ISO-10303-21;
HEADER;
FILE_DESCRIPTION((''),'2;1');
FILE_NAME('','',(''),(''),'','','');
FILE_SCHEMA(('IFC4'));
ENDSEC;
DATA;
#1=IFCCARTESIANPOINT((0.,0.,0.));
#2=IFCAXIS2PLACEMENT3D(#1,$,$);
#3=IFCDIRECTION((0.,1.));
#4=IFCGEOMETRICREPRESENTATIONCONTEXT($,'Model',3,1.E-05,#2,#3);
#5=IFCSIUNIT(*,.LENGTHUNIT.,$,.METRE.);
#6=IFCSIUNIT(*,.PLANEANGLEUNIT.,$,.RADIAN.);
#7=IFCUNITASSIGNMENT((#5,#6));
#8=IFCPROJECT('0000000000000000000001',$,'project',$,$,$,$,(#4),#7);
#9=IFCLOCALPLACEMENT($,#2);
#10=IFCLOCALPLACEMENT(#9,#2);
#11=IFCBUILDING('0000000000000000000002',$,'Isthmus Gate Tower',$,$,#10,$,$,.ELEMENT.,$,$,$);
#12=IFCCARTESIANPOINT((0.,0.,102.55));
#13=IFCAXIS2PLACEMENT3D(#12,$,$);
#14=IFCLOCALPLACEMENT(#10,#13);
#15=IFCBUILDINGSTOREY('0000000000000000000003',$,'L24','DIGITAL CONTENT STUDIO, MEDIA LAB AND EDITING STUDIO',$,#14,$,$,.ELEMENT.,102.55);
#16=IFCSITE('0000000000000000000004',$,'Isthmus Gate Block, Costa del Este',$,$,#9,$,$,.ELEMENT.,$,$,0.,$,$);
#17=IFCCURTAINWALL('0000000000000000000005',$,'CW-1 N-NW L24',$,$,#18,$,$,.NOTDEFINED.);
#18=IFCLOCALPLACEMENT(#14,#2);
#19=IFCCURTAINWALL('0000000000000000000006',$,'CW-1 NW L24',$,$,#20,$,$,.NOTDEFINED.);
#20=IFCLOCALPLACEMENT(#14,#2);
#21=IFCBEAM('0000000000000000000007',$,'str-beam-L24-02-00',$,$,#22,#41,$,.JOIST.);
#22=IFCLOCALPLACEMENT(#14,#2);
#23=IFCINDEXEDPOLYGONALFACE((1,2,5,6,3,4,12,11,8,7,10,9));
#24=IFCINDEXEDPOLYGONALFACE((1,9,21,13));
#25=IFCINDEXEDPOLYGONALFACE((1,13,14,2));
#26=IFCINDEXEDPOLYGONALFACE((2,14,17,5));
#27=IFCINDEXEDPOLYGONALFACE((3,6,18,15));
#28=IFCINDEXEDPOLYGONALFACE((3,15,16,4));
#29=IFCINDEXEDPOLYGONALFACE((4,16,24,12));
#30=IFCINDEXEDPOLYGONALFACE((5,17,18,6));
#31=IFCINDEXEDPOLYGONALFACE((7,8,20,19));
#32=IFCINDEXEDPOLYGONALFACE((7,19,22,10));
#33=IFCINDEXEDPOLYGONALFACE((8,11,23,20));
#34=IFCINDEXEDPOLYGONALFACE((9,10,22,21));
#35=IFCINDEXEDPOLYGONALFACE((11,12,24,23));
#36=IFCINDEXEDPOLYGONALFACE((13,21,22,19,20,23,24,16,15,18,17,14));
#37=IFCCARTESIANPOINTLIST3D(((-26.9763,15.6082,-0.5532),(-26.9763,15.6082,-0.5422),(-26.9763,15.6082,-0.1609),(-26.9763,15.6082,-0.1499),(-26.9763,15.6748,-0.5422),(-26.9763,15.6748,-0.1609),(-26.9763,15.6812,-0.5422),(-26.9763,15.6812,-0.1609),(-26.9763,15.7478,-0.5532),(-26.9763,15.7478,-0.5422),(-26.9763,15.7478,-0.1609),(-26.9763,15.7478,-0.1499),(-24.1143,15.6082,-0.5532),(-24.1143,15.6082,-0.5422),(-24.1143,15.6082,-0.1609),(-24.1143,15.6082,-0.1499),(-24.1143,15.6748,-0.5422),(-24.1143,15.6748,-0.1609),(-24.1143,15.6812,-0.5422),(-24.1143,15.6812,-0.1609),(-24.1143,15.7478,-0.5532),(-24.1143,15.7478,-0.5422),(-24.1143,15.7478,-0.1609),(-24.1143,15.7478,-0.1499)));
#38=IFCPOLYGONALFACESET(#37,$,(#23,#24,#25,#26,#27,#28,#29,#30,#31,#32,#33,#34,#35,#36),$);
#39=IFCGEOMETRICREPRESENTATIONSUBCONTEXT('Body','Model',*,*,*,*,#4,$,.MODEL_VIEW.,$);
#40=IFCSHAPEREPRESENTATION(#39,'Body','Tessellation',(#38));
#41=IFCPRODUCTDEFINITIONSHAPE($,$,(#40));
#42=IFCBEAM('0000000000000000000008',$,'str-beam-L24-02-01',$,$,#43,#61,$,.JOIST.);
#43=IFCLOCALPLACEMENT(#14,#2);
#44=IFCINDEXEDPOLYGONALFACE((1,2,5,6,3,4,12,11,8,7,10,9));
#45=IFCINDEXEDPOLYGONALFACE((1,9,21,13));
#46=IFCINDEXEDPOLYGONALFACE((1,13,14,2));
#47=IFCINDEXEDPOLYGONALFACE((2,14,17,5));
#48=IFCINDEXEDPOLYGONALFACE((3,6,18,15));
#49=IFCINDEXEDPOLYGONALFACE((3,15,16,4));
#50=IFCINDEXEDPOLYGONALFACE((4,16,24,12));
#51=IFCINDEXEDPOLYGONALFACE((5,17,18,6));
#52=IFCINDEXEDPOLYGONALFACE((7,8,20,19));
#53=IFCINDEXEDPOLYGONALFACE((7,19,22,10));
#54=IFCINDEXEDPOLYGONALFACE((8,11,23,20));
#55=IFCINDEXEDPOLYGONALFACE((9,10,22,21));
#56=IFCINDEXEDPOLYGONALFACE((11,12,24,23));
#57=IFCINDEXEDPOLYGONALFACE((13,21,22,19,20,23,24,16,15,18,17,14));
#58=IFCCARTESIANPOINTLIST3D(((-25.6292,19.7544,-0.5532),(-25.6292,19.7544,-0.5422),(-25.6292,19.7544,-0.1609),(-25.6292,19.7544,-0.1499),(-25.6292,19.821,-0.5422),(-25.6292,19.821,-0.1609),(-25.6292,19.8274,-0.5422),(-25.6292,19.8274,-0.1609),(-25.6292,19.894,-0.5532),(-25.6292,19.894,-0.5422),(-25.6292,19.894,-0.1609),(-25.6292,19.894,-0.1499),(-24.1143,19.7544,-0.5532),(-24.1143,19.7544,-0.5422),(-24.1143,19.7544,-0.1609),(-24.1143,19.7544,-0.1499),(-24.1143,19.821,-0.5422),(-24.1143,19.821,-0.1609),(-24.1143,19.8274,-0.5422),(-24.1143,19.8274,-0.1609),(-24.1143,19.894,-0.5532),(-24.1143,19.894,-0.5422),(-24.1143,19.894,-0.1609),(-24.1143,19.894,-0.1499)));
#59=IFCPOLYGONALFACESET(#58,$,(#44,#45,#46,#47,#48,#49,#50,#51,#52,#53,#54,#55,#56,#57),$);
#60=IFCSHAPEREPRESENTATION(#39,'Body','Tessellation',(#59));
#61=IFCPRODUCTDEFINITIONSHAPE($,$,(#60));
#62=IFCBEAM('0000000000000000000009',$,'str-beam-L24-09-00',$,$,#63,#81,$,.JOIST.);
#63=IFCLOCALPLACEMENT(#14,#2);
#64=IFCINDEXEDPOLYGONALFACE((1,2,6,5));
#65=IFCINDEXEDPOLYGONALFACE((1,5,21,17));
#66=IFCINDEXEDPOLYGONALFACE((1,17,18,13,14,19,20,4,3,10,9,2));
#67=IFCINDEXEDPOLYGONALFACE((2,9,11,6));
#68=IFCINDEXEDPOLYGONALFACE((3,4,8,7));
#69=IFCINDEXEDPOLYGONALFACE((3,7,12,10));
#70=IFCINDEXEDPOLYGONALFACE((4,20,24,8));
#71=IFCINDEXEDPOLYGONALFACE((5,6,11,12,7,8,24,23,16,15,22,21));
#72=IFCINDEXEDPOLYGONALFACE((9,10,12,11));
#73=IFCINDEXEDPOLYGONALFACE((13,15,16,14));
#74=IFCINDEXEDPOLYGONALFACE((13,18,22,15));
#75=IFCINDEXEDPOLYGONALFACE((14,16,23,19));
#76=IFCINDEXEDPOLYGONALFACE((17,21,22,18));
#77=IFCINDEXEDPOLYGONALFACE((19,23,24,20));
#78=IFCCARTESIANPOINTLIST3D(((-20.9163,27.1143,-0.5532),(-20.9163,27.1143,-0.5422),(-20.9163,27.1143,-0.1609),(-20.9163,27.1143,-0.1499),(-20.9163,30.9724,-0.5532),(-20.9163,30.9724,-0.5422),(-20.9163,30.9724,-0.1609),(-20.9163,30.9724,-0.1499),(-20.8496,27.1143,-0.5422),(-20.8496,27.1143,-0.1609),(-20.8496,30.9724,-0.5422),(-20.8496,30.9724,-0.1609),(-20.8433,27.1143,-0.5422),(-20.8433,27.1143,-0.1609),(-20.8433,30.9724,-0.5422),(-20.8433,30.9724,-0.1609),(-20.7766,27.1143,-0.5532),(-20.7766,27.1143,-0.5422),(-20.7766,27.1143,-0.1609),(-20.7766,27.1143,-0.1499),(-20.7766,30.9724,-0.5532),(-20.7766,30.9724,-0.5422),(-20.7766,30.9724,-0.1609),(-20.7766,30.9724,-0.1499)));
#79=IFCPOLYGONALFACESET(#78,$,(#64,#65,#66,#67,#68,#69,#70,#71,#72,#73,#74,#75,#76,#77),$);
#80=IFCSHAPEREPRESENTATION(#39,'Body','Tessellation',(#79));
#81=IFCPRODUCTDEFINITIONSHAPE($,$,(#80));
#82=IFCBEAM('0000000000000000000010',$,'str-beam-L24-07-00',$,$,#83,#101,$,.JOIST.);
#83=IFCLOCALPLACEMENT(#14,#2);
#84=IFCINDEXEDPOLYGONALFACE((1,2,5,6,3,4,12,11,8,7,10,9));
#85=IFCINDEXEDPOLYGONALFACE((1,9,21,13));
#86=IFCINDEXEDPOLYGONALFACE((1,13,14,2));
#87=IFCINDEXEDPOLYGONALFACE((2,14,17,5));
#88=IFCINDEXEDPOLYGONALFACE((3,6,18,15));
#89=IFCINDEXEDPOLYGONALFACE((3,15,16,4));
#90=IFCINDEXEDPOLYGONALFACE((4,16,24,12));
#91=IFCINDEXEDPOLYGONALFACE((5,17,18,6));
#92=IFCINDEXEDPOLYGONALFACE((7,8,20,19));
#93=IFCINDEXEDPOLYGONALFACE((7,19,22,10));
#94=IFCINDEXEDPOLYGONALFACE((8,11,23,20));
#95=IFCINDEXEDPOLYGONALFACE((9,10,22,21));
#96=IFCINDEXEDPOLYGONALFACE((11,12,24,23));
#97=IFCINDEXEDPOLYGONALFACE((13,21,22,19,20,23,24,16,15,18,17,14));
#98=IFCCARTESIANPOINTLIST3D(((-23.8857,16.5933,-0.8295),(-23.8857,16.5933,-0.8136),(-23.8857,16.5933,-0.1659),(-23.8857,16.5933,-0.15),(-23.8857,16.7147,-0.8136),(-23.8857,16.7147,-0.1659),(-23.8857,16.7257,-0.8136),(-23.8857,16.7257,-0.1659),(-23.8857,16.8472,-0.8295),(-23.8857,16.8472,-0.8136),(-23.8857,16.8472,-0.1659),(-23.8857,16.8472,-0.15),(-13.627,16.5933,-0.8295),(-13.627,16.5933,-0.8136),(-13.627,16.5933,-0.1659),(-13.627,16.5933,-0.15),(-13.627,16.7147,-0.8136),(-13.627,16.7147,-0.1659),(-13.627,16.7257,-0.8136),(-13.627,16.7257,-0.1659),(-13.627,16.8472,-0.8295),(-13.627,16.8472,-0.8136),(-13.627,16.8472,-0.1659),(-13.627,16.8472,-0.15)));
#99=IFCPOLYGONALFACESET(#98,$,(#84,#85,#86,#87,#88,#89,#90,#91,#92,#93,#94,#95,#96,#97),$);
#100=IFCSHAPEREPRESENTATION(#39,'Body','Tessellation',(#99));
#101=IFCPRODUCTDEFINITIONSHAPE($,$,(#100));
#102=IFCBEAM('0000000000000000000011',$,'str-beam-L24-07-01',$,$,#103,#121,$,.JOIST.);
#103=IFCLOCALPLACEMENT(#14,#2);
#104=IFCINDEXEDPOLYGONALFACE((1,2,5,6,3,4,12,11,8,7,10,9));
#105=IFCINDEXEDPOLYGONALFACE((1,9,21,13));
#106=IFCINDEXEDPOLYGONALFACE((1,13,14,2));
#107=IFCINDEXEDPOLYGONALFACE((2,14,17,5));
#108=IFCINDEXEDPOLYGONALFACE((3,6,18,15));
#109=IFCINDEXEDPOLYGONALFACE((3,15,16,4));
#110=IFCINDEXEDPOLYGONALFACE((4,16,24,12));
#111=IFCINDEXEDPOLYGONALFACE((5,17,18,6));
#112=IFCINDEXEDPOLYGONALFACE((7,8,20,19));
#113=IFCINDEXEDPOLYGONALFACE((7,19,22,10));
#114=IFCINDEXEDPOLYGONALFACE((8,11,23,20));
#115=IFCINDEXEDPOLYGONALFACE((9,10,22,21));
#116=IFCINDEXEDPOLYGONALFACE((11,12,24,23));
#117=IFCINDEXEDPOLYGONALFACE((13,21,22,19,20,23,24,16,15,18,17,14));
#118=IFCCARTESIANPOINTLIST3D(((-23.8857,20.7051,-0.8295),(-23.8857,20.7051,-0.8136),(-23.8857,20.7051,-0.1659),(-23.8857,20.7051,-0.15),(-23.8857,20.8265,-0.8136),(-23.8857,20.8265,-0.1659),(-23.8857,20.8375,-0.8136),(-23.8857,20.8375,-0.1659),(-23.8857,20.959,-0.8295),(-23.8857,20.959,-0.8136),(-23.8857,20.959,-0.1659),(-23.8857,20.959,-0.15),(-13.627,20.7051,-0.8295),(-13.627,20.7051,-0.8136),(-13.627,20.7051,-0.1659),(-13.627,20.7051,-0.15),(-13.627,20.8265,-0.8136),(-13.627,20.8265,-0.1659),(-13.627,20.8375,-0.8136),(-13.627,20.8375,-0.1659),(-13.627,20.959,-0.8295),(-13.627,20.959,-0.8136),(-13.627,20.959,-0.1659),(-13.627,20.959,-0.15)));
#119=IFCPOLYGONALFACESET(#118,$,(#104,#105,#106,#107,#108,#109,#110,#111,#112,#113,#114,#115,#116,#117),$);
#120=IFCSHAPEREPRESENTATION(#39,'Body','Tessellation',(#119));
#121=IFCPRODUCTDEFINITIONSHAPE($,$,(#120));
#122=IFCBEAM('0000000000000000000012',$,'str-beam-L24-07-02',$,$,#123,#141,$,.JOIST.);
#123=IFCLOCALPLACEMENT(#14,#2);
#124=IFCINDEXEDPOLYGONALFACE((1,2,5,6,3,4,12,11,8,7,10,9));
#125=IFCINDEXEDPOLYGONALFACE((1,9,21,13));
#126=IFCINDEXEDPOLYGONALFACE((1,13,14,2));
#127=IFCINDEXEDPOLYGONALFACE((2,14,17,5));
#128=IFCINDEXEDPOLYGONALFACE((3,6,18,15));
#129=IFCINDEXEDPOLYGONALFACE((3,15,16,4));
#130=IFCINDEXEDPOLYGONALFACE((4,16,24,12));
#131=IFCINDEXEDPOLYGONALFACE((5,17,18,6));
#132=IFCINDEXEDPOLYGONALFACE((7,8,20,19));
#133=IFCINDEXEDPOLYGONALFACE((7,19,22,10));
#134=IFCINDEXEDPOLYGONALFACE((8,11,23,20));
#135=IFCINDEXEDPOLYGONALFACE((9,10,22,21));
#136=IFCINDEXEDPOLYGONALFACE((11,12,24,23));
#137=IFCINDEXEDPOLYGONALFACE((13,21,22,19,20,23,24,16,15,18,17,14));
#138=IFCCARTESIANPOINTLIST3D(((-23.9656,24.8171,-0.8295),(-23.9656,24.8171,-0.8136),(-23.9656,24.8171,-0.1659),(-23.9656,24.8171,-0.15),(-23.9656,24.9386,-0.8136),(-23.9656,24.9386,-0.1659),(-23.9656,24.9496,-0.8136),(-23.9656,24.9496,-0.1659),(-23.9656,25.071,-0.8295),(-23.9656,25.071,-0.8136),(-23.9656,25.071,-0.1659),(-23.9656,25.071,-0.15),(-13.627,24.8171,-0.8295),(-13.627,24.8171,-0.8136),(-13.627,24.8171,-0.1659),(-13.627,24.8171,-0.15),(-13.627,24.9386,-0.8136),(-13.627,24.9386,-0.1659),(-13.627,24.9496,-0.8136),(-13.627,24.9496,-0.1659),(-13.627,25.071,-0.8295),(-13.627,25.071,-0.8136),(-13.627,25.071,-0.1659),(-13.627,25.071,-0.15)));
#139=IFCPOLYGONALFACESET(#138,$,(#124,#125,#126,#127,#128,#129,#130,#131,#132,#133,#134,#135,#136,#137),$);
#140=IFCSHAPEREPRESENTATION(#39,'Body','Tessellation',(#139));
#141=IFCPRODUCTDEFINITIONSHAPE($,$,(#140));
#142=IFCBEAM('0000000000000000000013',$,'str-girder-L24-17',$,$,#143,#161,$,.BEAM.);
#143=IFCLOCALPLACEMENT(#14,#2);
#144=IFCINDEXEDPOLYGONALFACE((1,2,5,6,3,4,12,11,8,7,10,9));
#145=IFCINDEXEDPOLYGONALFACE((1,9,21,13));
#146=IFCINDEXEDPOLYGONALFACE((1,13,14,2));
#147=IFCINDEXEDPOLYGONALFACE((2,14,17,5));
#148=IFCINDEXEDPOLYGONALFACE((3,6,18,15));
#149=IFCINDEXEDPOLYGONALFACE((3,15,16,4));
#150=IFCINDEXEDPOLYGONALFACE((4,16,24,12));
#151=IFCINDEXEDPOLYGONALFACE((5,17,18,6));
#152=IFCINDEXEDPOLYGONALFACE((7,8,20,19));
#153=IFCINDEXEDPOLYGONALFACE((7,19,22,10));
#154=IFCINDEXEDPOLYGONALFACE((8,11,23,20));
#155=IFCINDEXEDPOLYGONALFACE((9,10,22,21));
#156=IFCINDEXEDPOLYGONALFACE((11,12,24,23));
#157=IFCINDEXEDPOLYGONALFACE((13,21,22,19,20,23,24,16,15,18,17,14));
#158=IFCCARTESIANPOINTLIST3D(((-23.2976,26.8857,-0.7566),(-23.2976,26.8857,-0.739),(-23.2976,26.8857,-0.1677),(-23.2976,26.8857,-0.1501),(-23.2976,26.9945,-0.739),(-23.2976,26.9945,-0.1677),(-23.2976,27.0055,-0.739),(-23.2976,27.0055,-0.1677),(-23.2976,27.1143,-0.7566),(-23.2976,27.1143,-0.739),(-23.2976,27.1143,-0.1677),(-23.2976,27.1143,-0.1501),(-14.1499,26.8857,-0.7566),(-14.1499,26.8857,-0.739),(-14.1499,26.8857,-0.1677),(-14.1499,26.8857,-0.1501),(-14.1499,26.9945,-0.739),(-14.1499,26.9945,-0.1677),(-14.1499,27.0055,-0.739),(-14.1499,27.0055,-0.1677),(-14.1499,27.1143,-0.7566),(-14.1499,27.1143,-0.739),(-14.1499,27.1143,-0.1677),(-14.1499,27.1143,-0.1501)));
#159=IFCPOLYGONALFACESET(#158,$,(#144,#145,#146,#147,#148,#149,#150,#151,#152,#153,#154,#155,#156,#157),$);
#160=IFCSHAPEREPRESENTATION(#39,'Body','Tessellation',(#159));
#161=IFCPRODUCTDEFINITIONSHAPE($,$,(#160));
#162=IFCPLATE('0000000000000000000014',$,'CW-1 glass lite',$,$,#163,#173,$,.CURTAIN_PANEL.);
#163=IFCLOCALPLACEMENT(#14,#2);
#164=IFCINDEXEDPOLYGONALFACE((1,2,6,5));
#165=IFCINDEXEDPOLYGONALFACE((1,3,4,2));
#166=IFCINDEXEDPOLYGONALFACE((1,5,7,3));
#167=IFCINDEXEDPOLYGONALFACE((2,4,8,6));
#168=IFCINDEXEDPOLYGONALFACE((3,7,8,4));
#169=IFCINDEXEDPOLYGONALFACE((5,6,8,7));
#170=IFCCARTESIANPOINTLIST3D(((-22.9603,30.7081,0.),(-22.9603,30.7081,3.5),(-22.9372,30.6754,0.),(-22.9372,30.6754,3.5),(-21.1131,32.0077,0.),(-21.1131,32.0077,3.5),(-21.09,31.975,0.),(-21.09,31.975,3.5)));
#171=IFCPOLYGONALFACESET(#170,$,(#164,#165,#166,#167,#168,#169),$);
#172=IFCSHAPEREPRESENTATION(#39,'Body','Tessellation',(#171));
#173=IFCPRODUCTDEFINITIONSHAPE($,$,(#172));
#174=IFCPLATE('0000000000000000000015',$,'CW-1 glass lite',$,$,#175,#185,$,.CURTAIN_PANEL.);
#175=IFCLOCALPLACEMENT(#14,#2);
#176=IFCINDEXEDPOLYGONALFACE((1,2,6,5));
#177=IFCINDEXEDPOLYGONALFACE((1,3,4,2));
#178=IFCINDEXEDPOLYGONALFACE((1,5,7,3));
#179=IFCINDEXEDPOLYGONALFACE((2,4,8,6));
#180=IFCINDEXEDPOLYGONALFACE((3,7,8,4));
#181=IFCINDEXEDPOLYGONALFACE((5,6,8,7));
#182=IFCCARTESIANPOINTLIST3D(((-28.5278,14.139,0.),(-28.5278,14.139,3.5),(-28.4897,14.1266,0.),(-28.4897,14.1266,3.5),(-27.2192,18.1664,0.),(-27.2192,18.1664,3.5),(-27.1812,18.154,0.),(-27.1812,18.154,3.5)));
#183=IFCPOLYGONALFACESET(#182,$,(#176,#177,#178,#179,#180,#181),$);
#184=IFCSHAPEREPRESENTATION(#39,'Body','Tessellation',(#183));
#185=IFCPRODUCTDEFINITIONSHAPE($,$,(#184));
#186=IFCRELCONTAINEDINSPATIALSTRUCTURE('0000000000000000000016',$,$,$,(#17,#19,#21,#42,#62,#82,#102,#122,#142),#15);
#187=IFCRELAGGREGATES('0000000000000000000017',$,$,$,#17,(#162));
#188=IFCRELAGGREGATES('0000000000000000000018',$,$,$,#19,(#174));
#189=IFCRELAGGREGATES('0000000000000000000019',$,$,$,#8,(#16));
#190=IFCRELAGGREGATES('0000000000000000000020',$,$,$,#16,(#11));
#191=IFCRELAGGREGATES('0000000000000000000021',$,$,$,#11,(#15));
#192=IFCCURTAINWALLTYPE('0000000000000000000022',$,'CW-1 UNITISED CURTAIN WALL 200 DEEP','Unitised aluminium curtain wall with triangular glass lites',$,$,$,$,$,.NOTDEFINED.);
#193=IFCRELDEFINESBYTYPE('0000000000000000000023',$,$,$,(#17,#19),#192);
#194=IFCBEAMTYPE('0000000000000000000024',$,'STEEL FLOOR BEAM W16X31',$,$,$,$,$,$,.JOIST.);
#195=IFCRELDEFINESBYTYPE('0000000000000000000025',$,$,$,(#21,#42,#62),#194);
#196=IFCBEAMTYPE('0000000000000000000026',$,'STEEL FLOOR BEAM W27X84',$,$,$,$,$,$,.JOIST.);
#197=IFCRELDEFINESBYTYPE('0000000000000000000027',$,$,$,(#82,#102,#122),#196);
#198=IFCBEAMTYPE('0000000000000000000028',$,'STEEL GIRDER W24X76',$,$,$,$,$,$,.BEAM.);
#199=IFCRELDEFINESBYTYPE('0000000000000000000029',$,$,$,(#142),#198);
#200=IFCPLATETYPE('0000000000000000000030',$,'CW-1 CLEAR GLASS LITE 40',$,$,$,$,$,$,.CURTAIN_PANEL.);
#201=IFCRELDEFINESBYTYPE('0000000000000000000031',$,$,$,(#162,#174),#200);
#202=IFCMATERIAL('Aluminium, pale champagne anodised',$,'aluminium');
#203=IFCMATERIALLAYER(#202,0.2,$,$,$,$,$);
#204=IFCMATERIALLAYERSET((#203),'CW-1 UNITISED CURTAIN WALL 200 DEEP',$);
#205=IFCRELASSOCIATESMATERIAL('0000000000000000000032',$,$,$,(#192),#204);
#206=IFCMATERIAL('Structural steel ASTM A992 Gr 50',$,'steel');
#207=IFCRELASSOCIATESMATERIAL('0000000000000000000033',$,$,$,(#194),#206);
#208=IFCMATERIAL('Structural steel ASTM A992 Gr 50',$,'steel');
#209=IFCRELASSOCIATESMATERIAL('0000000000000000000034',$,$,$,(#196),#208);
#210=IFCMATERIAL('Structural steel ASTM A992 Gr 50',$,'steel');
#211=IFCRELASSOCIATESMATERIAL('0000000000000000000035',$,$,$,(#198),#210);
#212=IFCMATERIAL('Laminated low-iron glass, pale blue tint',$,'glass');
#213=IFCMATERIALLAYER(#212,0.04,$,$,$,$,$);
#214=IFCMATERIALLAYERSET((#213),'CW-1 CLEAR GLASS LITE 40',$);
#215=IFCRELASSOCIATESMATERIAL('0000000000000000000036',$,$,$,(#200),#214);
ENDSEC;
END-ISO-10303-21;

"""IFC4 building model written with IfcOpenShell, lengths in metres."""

from ifc_helpers import new_model, si_unit, direction, frame, origin, origin_2d, place, context, subcontext, project, spatial, rectangle, i_section, extrude, material, layer, layer_set, material_profile, profile_set, type_object, element, aggregate, save


model = new_model("IFC4")

# Units and contexts
model_context = context("Model", 3, precision=1e-05, world=origin(), true_north=direction((0.0, 1.0)))
body_context = subcontext(model_context, "Body", "Model", "MODEL_VIEW")
ifc_project = project(units=[si_unit("LENGTHUNIT", "METRE"), si_unit("PLANEANGLEUNIT", "RADIAN")], contexts=[model_context])

# Site, building, storey
site_placement = place(None, origin())
site = spatial("IfcSite", under=ifc_project, at=site_placement, Name="Isthmus Gate Block, Costa del Este", CompositionType="ELEMENT", RefElevation=0.0)
building_placement = place(site_placement, origin())
building = spatial("IfcBuilding", under=site, at=building_placement, Name="Isthmus Gate Tower", CompositionType="ELEMENT")
storey_placement = place(building_placement, frame((0.0, 0.0, 102.55)))
storey = spatial("IfcBuildingStorey", under=building, at=storey_placement, Name="L24", Description="DIGITAL CONTENT STUDIO, MEDIA LAB AND EDITING STUDIO", CompositionType="ELEMENT", Elevation=102.55)

# Curtain wall
ifc_material_1 = material(Name="Aluminium, pale champagne anodised", Category="aluminium")
ifc_layer_1 = layer(ifc_material_1, 0.2)
ifc_layer_set_1 = layer_set([ifc_layer_1], Name="CW-1 UNITISED CURTAIN WALL 200 DEEP")
curtain_wall_type = type_object("IfcCurtainWallType", Name="CW-1 UNITISED CURTAIN WALL 200 DEEP", Description="Unitised aluminium curtain wall with triangular glass lites", PredefinedType="NOTDEFINED", material=ifc_layer_set_1)
curtain_wall_1_placement = place(storey_placement, origin())
curtain_wall_1 = element("IfcCurtainWall", 1, at=curtain_wall_1_placement, inside=storey, type_object=curtain_wall_type, Name="CW-1 N-NW L24", PredefinedType="NOTDEFINED")

# Curtain wall
curtain_wall_2_placement = place(storey_placement, origin())
curtain_wall_2 = element("IfcCurtainWall", 2, at=curtain_wall_2_placement, inside=storey, type_object=curtain_wall_type, Name="CW-1 NW L24", PredefinedType="NOTDEFINED")

# Beams
ifc_material_2 = material(Name="Structural steel ASTM A992 Gr 50", Category="steel")
ifc_material_profile_1 = material_profile(ifc_material_2, i_section(OverallWidth=0.1396, OverallDepth=0.4033, WebThickness=0.0063, FlangeThickness=0.011, at=origin_2d()), Name="W16X31")
ifc_profile_set_1 = profile_set([ifc_material_profile_1], Name="Structural steel ASTM A992 Gr 50")
beam_type_1 = type_object("IfcBeamType", Name="STEEL FLOOR BEAM W16X31", PredefinedType="JOIST", material=ifc_profile_set_1)
beam_1_placement = place(storey_placement, frame((-26.9763, 15.678, -0.3516), z_axis=(1.0, 0.0, 0.0), x_axis=(0.0, 1.0, 0.0)))
element("IfcBeam", 3, at=beam_1_placement, inside=storey, type_object=beam_type_1, Name="str-beam-L24-02-00", PredefinedType="JOIST", context=body_context, shape_type="SweptSolid", body=[
    extrude(i_section(OverallWidth=0.1396, OverallDepth=0.4033, WebThickness=0.0063, FlangeThickness=0.011, at=origin_2d()), origin(), (0.0, 0.0, 1.0), 2.8621),
])
beam_2_placement = place(storey_placement, frame((-25.6292, 19.8242, -0.3516), z_axis=(1.0, 0.0, 0.0), x_axis=(0.0, 1.0, 0.0)))
element("IfcBeam", 4, at=beam_2_placement, inside=storey, type_object=beam_type_1, Name="str-beam-L24-02-01", PredefinedType="JOIST", context=body_context, shape_type="SweptSolid", body=[
    extrude(i_section(OverallWidth=0.1396, OverallDepth=0.4033, WebThickness=0.0063, FlangeThickness=0.011, at=origin_2d()), origin(), (0.0, 0.0, 1.0), 1.5149),
])
beam_3_placement = place(storey_placement, frame((-20.8464, 27.1143, -0.3516), z_axis=(0.0, 1.0, 0.0), x_axis=(-1.0, 0.0, 0.0)))
element("IfcBeam", 5, at=beam_3_placement, inside=storey, type_object=beam_type_1, Name="str-beam-L24-09-00", PredefinedType="JOIST", context=body_context, shape_type="SweptSolid", body=[
    extrude(i_section(OverallWidth=0.1396, OverallDepth=0.4033, WebThickness=0.0063, FlangeThickness=0.011, at=origin_2d()), origin(), (0.0, 0.0, 1.0), 3.8582),
])
ifc_material_3 = material(Name="Structural steel ASTM A992 Gr 50", Category="steel")
ifc_material_profile_2 = material_profile(ifc_material_3, i_section(OverallWidth=0.2539, OverallDepth=0.6794, WebThickness=0.011, FlangeThickness=0.0159, at=origin_2d()), Name="W27X84")
ifc_profile_set_2 = profile_set([ifc_material_profile_2], Name="Structural steel ASTM A992 Gr 50")
beam_type_2 = type_object("IfcBeamType", Name="STEEL FLOOR BEAM W27X84", PredefinedType="JOIST", material=ifc_profile_set_2)
for number, where, z_axis, x_axis, name in (
    (6, (-23.8857, 16.7202, -0.4897), (1.0, 0.0, 0.0), (0.0, 1.0, 0.0), "str-beam-L24-07-00"),
    (7, (-23.8857, 20.832, -0.4897), (1.0, 0.0, 0.0), (0.0, 1.0, 0.0), "str-beam-L24-07-01"),
):
    element("IfcBeam", number, at=place(storey_placement, frame(where, z_axis=z_axis, x_axis=x_axis)), inside=storey, type_object=beam_type_2, Name=name, PredefinedType="JOIST", context=body_context, shape_type="SweptSolid", body=[
        extrude(i_section(OverallWidth=0.2539, OverallDepth=0.6794, WebThickness=0.011, FlangeThickness=0.0159, at=origin_2d()), origin(), (0.0, 0.0, 1.0), 10.2588),
    ])
beam_4_placement = place(storey_placement, frame((-23.9656, 24.9441, -0.4897), z_axis=(1.0, 0.0, 0.0), x_axis=(0.0, 1.0, 0.0)))
element("IfcBeam", 8, at=beam_4_placement, inside=storey, type_object=beam_type_2, Name="str-beam-L24-07-02", PredefinedType="JOIST", context=body_context, shape_type="SweptSolid", body=[
    extrude(i_section(OverallWidth=0.2539, OverallDepth=0.6794, WebThickness=0.011, FlangeThickness=0.0159, at=origin_2d()), origin(), (0.0, 0.0, 1.0), 10.3386),
])
ifc_material_4 = material(Name="Structural steel ASTM A992 Gr 50", Category="steel")
ifc_material_profile_3 = material_profile(ifc_material_4, i_section(OverallWidth=0.2285, OverallDepth=0.6064, WebThickness=0.011, FlangeThickness=0.0176, at=origin_2d()), Name="W24X76")
ifc_profile_set_3 = profile_set([ifc_material_profile_3], Name="Structural steel ASTM A992 Gr 50")
beam_type_3 = type_object("IfcBeamType", Name="STEEL GIRDER W24X76", PredefinedType="BEAM", material=ifc_profile_set_3)
beam_5_placement = place(storey_placement, frame((-23.2976, 27.0, -0.4534), z_axis=(1.0, 0.0, 0.0), x_axis=(0.0, 1.0, 0.0)))
element("IfcBeam", 9, at=beam_5_placement, inside=storey, type_object=beam_type_3, Name="str-girder-L24-17", PredefinedType="BEAM", context=body_context, shape_type="SweptSolid", body=[
    extrude(i_section(OverallWidth=0.2285, OverallDepth=0.6064, WebThickness=0.011, FlangeThickness=0.0176, at=origin_2d()), origin(), (0.0, 0.0, 1.0), 9.1477),
])

# Plates
ifc_material_5 = material(Name="Laminated low-iron glass, pale blue tint", Category="glass")
ifc_layer_2 = layer(ifc_material_5, 0.04)
ifc_layer_set_2 = layer_set([ifc_layer_2], Name="CW-1 CLEAR GLASS LITE 40")
plate_type = type_object("IfcPlateType", Name="CW-1 CLEAR GLASS LITE 40", PredefinedType="CURTAIN_PANEL", material=ifc_layer_set_2)
plate_1_placement = place(storey_placement, frame((-22.0251, 31.3416, 0.0), z_axis=(0.0, 0.0, 1.0), x_axis=(-0.81786, -0.575418, 0.0)))
plate_1 = element("IfcPlate", 10, at=plate_1_placement, type_object=plate_type, Name="CW-1 glass lite", PredefinedType="CURTAIN_PANEL", context=body_context, shape_type="SweptSolid", body=[
    extrude(rectangle(XDim=2.2585, YDim=0.04, at=origin_2d()), origin(), (0.0, 0.0, 1.0), 3.5),
])
aggregate(curtain_wall_1, [plate_1])
plate_2_placement = place(storey_placement, frame((-27.8545, 16.1465, 0.0), z_axis=(0.0, 0.0, 1.0), x_axis=(-0.309017, -0.951057, 0.0)))
plate_2 = element("IfcPlate", 11, at=plate_2_placement, type_object=plate_type, Name="CW-1 glass lite", PredefinedType="CURTAIN_PANEL", context=body_context, shape_type="SweptSolid", body=[
    extrude(rectangle(XDim=4.2346, YDim=0.04, at=origin_2d()), origin(), (0.0, 0.0, 1.0), 3.5),
])

aggregate(curtain_wall_2, [plate_2])

save(model, "model.ifc")
